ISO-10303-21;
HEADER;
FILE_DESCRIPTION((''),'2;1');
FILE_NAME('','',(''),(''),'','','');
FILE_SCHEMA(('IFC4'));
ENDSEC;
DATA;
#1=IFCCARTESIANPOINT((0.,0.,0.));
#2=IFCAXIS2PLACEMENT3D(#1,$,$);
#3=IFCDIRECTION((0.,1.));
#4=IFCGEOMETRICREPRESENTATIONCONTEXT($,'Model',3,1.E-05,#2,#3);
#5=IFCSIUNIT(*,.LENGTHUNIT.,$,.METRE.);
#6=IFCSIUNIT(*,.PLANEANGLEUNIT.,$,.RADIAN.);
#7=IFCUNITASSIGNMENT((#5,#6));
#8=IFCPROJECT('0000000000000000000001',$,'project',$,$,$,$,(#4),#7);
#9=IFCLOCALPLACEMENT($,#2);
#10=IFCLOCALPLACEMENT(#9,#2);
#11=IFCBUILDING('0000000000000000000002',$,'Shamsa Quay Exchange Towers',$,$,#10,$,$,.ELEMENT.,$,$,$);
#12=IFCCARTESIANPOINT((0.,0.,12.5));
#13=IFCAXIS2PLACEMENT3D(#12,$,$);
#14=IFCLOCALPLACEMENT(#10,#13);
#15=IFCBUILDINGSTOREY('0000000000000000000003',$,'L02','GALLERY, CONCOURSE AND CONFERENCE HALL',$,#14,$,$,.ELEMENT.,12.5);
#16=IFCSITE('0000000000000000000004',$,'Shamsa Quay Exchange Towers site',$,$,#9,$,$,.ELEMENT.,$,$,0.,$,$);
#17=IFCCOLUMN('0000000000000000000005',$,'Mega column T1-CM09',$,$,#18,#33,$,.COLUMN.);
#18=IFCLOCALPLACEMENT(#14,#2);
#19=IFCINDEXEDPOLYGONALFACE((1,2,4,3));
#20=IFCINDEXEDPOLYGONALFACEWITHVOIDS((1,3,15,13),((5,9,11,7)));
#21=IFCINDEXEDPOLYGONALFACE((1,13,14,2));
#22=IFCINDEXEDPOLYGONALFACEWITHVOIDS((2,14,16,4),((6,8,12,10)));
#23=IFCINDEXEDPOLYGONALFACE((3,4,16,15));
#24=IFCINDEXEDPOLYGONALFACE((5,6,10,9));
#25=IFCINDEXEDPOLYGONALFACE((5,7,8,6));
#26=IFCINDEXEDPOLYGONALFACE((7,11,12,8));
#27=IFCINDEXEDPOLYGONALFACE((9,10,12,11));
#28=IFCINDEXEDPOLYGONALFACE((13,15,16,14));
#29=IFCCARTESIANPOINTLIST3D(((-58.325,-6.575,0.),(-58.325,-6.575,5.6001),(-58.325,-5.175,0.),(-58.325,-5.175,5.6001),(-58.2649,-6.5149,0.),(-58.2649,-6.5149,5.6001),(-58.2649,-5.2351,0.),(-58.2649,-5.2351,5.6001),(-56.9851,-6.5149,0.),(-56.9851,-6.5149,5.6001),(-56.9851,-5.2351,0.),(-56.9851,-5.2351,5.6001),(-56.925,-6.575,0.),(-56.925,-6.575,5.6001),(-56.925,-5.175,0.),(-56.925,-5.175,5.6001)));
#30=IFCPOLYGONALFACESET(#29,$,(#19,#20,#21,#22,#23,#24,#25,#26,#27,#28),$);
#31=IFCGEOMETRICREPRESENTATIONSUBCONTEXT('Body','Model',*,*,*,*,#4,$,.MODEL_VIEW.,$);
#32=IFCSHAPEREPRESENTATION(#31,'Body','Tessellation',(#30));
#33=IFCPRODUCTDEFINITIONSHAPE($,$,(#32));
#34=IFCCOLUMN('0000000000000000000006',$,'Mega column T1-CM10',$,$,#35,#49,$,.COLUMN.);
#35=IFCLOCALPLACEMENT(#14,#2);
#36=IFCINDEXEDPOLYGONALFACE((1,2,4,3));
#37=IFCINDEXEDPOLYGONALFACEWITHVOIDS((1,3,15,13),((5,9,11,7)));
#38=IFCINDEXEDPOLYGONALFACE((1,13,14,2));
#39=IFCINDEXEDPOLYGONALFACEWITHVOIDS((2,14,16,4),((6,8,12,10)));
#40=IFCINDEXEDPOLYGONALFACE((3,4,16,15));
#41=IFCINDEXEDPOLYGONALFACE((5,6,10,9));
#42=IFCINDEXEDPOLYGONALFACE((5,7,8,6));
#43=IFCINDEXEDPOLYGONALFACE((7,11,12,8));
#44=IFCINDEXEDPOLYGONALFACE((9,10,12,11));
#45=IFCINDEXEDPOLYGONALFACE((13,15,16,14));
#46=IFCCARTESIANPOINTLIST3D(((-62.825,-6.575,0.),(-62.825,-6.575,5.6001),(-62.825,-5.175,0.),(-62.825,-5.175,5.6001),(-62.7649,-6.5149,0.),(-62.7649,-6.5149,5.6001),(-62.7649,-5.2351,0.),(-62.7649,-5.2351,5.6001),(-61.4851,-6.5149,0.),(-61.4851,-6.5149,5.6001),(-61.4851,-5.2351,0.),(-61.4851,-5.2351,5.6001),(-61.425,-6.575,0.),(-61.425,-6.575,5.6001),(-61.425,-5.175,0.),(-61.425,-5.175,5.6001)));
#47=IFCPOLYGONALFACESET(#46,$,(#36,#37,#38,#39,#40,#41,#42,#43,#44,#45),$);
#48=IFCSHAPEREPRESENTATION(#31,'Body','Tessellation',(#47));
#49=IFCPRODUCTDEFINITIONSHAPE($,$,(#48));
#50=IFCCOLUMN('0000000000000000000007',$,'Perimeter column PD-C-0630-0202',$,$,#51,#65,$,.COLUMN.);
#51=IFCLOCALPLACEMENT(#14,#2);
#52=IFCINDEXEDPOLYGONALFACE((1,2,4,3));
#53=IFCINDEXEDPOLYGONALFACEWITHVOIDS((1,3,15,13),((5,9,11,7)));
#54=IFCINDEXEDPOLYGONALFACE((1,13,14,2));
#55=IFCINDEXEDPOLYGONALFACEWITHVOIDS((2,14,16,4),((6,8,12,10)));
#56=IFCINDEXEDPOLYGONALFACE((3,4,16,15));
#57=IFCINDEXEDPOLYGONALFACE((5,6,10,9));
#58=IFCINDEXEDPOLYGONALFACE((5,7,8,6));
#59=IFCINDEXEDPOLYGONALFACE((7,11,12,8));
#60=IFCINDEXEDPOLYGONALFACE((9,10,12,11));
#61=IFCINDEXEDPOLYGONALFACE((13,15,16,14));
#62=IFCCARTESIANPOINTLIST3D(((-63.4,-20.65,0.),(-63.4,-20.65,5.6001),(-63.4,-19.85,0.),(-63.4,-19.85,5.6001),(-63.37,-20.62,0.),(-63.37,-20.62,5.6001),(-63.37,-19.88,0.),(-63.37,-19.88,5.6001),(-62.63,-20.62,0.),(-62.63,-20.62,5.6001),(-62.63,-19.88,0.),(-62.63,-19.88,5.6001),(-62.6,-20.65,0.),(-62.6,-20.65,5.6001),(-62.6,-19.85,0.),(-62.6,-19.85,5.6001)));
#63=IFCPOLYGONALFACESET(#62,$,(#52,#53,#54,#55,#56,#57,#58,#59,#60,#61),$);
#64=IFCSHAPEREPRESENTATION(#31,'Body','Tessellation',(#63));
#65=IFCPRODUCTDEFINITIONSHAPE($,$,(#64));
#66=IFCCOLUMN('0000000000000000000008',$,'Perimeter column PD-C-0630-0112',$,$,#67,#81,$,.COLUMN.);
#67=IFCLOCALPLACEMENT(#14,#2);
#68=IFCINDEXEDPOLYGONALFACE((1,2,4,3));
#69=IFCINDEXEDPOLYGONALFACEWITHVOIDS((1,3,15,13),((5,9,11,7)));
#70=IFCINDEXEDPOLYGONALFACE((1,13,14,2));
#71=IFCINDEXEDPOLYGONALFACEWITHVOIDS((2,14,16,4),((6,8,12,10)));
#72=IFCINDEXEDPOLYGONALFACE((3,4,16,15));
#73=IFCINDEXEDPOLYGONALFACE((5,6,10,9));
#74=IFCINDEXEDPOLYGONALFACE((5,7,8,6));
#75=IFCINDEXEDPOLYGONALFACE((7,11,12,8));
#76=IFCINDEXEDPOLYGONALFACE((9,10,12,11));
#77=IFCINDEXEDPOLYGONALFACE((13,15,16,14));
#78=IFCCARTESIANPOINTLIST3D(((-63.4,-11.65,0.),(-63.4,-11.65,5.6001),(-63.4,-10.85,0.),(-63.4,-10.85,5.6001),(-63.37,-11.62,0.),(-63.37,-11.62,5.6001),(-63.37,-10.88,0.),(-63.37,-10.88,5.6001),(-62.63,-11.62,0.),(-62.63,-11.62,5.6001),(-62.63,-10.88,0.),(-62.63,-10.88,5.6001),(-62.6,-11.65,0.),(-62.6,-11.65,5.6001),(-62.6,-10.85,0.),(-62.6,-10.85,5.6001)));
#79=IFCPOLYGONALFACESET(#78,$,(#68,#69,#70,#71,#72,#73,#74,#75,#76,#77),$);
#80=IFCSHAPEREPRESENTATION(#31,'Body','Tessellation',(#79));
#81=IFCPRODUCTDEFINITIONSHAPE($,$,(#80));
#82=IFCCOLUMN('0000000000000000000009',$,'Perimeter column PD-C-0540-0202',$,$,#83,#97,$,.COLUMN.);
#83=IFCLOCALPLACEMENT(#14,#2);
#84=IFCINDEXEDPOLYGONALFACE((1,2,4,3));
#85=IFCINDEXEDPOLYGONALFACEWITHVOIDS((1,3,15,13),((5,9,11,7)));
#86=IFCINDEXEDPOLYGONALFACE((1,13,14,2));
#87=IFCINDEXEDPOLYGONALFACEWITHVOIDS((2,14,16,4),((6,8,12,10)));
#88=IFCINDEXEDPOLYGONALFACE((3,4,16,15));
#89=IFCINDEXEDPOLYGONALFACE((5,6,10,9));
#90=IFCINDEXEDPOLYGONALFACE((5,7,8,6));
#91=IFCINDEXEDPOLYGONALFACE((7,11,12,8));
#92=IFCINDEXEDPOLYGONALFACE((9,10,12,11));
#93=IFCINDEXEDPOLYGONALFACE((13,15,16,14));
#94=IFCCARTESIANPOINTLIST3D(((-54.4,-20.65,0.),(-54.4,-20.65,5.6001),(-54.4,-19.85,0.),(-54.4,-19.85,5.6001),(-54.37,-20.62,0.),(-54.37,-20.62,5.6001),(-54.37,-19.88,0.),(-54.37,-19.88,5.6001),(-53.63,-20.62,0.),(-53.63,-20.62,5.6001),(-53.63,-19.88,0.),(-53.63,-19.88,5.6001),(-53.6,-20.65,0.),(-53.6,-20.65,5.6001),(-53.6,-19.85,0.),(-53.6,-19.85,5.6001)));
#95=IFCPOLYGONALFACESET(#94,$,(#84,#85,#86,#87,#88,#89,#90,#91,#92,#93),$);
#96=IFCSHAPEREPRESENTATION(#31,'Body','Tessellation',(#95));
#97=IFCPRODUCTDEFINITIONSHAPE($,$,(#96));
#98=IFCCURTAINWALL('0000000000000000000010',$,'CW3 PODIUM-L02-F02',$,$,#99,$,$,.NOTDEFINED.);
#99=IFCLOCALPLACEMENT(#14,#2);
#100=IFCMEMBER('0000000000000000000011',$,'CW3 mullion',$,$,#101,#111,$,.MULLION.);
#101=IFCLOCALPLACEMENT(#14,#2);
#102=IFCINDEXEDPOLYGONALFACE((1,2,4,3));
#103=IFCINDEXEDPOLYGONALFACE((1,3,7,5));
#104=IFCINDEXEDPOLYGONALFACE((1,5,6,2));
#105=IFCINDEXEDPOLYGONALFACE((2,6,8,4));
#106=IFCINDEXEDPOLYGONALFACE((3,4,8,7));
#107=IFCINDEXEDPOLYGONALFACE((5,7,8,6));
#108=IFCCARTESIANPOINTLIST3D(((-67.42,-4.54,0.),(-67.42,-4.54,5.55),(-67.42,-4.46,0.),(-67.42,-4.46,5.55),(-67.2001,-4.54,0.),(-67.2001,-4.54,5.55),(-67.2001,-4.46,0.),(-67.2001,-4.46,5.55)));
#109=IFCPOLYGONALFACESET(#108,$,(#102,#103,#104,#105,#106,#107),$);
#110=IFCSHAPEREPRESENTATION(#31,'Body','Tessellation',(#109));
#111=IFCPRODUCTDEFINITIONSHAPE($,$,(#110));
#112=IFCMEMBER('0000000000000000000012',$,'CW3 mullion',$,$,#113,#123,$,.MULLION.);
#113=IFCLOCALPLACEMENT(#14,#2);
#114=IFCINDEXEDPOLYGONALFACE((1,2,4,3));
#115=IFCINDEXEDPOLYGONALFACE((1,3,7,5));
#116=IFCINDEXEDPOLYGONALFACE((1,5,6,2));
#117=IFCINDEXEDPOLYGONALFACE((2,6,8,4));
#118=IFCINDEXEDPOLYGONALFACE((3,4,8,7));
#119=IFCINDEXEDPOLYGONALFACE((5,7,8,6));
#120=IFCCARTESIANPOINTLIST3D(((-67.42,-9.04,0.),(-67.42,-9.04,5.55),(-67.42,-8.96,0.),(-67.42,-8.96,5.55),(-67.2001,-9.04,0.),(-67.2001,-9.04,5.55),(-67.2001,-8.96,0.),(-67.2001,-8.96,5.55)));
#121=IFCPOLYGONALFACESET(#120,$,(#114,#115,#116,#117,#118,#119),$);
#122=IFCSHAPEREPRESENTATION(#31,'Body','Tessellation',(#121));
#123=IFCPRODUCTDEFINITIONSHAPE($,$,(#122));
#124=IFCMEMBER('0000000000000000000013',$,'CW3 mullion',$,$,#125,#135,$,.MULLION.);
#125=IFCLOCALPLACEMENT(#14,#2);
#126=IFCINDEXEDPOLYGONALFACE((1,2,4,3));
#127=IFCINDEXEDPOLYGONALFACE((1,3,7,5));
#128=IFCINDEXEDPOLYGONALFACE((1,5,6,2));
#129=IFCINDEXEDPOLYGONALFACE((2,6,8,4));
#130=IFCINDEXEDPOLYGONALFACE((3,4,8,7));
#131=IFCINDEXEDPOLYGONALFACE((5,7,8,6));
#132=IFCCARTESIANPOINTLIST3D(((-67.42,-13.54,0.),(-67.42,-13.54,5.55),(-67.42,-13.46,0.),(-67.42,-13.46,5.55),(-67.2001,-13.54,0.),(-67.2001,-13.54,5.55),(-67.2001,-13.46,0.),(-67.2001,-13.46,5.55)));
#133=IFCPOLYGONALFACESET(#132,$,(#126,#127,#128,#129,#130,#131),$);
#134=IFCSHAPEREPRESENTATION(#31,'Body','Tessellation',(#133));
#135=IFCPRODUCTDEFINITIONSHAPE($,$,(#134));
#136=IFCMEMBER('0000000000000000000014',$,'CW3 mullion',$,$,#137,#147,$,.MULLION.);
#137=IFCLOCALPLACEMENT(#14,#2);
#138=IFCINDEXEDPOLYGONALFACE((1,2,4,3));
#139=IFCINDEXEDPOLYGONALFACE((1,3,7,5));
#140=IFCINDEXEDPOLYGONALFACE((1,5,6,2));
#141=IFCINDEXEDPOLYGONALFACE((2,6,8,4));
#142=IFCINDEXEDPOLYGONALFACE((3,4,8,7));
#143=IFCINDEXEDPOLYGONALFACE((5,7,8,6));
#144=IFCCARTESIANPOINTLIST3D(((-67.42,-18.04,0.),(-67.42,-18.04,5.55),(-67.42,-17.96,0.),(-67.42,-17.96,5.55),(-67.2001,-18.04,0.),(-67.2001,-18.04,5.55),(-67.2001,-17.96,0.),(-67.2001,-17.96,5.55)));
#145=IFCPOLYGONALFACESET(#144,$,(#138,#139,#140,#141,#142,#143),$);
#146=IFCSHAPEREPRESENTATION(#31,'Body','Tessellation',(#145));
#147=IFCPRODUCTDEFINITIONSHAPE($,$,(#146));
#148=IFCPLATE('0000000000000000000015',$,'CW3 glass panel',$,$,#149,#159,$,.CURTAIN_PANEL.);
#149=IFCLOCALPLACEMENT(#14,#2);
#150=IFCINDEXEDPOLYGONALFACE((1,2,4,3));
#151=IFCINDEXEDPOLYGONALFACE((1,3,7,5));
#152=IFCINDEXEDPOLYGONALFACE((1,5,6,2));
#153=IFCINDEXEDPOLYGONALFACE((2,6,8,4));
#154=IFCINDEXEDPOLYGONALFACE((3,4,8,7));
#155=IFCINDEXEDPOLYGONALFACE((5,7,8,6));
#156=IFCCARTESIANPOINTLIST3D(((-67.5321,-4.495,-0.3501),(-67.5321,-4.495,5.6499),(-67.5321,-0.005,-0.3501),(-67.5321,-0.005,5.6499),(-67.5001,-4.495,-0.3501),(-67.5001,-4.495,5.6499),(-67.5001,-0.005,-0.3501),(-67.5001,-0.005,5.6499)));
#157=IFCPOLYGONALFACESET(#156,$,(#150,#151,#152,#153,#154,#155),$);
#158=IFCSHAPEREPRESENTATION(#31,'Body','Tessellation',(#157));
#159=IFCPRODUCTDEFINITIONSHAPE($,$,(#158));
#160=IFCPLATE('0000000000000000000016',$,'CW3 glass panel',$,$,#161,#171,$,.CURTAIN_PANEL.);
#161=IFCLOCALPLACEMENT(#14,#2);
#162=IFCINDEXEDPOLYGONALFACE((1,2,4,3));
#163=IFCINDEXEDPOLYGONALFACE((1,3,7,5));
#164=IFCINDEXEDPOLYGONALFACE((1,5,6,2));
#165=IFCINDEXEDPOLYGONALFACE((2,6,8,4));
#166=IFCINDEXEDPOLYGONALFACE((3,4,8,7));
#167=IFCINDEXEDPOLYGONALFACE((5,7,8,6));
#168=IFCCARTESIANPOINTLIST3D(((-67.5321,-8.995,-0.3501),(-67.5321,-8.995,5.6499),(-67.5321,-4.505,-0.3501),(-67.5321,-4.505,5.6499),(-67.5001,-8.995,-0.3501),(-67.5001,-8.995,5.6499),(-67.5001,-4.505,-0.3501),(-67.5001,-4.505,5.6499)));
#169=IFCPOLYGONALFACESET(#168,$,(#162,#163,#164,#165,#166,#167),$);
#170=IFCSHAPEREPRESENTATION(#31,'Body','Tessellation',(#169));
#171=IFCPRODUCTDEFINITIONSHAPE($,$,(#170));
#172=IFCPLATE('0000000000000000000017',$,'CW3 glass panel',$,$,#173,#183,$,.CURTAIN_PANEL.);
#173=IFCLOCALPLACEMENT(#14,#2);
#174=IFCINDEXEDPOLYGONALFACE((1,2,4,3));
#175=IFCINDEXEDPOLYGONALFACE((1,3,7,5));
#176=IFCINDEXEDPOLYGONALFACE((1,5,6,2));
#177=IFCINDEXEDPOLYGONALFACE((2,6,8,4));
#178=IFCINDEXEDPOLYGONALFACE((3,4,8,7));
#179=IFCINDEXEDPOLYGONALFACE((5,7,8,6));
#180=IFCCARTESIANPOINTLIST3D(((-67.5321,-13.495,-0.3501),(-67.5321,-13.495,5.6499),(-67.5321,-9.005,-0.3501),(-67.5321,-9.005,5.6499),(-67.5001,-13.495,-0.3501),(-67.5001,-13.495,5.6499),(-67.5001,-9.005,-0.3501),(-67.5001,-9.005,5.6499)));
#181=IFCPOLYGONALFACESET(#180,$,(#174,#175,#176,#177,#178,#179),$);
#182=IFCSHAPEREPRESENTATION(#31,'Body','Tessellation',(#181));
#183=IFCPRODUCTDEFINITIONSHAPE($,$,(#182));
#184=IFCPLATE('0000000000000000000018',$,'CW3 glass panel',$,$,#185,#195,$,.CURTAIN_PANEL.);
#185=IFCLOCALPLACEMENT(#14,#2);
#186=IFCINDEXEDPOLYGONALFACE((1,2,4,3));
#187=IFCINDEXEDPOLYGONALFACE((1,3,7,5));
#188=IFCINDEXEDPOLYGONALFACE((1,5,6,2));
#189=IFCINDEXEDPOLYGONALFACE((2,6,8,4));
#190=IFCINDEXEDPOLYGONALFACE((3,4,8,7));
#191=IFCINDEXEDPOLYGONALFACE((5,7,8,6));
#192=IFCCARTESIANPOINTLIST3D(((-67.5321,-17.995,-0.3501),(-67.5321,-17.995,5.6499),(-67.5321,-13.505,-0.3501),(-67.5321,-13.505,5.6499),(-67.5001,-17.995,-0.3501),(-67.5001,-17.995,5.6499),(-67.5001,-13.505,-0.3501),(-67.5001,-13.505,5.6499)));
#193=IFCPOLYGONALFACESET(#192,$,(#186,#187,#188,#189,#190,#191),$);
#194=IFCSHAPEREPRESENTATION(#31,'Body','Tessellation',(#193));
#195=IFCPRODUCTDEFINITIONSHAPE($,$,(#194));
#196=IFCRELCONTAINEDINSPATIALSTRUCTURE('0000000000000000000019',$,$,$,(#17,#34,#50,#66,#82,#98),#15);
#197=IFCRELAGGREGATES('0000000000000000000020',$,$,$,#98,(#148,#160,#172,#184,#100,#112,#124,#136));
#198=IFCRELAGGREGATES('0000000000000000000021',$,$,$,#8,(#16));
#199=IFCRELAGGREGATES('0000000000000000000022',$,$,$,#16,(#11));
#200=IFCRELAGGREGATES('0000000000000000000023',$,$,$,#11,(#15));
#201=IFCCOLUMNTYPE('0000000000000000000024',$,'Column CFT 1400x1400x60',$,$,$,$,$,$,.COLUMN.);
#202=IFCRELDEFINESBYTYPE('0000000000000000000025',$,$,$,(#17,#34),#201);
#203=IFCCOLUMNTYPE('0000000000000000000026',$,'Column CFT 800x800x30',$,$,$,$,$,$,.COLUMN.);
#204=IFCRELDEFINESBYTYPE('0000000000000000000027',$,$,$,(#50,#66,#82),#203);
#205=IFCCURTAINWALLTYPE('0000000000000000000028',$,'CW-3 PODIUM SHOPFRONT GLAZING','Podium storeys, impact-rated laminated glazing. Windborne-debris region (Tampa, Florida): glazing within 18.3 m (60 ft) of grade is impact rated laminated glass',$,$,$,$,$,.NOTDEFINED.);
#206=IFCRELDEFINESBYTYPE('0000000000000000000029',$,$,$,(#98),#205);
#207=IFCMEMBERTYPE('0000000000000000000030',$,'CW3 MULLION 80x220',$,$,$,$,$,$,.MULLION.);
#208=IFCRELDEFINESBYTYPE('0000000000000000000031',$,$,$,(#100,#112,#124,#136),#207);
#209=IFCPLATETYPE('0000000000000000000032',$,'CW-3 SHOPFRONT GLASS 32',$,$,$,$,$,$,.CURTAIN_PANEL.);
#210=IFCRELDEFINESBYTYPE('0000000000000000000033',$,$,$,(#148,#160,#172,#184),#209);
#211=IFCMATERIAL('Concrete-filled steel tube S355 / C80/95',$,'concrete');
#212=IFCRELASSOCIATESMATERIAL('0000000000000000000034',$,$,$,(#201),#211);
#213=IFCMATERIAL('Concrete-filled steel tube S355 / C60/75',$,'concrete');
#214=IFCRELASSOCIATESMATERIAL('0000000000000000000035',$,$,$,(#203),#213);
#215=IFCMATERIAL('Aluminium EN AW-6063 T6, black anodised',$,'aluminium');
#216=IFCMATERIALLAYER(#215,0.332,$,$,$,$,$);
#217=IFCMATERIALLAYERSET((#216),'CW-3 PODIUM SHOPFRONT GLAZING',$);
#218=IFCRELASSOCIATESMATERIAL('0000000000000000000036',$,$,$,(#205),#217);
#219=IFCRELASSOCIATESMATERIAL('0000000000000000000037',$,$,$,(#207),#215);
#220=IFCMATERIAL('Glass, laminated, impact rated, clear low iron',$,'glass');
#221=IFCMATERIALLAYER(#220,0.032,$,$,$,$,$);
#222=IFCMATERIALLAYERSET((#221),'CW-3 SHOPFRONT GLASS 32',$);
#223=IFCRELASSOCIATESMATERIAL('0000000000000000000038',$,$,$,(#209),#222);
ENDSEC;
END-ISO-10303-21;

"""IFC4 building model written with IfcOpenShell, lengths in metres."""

from ifc_helpers import new_model, si_unit, direction, frame, origin, origin_2d, place, context, subcontext, project, spatial, rectangle, hollow_rectangle, extrude, material, layer, layer_set, material_profile, profile_set, type_object, element, aggregate, save


model = new_model("IFC4")

# Units and contexts
model_context = context("Model", 3, precision=1e-05, world=origin(), true_north=direction((0.0, 1.0)))
body_context = subcontext(model_context, "Body", "Model", "MODEL_VIEW")
ifc_project = project(units=[si_unit("LENGTHUNIT", "METRE"), si_unit("PLANEANGLEUNIT", "RADIAN")], contexts=[model_context])

# Site, building, storey
site_placement = place(None, origin())
site = spatial("IfcSite", under=ifc_project, at=site_placement, Name="Shamsa Quay Exchange Towers site", CompositionType="ELEMENT", RefElevation=0.0)
building_placement = place(site_placement, origin())
building = spatial("IfcBuilding", under=site, at=building_placement, Name="Shamsa Quay Exchange Towers", CompositionType="ELEMENT")
storey_placement = place(building_placement, frame((0.0, 0.0, 12.5)))
storey = spatial("IfcBuildingStorey", under=building, at=storey_placement, Name="L02", Description="GALLERY, CONCOURSE AND CONFERENCE HALL", CompositionType="ELEMENT", Elevation=12.5)

# Columns
ifc_material_1 = material(Name="Concrete-filled steel tube S355 / C80/95", Category="concrete")
ifc_material_profile_1 = material_profile(ifc_material_1, hollow_rectangle(XDim=1.3999, YDim=1.3999, WallThickness=0.0601, at=origin_2d()), Name="CFT 1400x1400x60")
ifc_profile_set_1 = profile_set([ifc_material_profile_1], Name="Concrete-filled steel tube S355 / C80/95")
column_type_1 = type_object("IfcColumnType", Name="Column CFT 1400x1400x60", PredefinedType="COLUMN", material=ifc_profile_set_1)
for number, where, name in (
    (1, (-57.625, -5.875, 0.0), "Mega column T1-CM09"),
    (2, (-62.125, -5.875, 0.0), "Mega column T1-CM10"),
):
    element("IfcColumn", number, at=place(storey_placement, frame(where)), inside=storey, type_object=column_type_1, Name=name, PredefinedType="COLUMN", context=body_context, shape_type="SweptSolid", body=[
        extrude(hollow_rectangle(XDim=1.3999, YDim=1.3999, WallThickness=0.0601, at=origin_2d()), origin(), (0.0, 0.0, 1.0), 5.6001),
    ])
ifc_material_2 = material(Name="Concrete-filled steel tube S355 / C60/75", Category="concrete")
ifc_material_profile_2 = material_profile(ifc_material_2, hollow_rectangle(XDim=0.8, YDim=0.8, WallThickness=0.03, at=origin_2d()), Name="CFT 800x800x30")
ifc_profile_set_2 = profile_set([ifc_material_profile_2], Name="Concrete-filled steel tube S355 / C60/75")
column_type_2 = type_object("IfcColumnType", Name="Column CFT 800x800x30", PredefinedType="COLUMN", material=ifc_profile_set_2)
for number, where, name in (
    (3, (-63.0, -20.25, 0.0), "Perimeter column PD-C-0630-0202"),
    (4, (-63.0, -11.25, 0.0), "Perimeter column PD-C-0630-0112"),
    (5, (-54.0, -20.25, 0.0), "Perimeter column PD-C-0540-0202"),
):
    element("IfcColumn", number, at=place(storey_placement, frame(where)), inside=storey, type_object=column_type_2, Name=name, PredefinedType="COLUMN", context=body_context, shape_type="SweptSolid", body=[
        extrude(hollow_rectangle(XDim=0.8, YDim=0.8, WallThickness=0.03, at=origin_2d()), origin(), (0.0, 0.0, 1.0), 5.6001),
    ])

# Curtain wall, members, plates
ifc_material_3 = material(Name="Aluminium EN AW-6063 T6, black anodised", Category="aluminium")
ifc_layer_1 = layer(ifc_material_3, 0.332)
ifc_layer_set_1 = layer_set([ifc_layer_1], Name="CW-3 PODIUM SHOPFRONT GLAZING")
curtain_wall_type = type_object("IfcCurtainWallType", Name="CW-3 PODIUM SHOPFRONT GLAZING", Description="Podium storeys, impact-rated laminated glazing. Windborne-debris region (Tampa, Florida): glazing within 18.3 m (60 ft) of grade is impact rated laminated glass", PredefinedType="NOTDEFINED", material=ifc_layer_set_1)
curtain_wall_placement = place(storey_placement, origin())
curtain_wall = element("IfcCurtainWall", 6, at=curtain_wall_placement, inside=storey, type_object=curtain_wall_type, Name="CW3 PODIUM-L02-F02", PredefinedType="NOTDEFINED")
ifc_material_profile_3 = material_profile(ifc_material_3, rectangle(XDim=0.22, YDim=0.0801, at=origin_2d()), Name="MU80x220")
ifc_profile_set_3 = profile_set([ifc_material_profile_3], Name="Aluminium EN AW-6063 T6, black anodised")
member_type = type_object("IfcMemberType", Name="CW3 MULLION 80x220", PredefinedType="MULLION", material=ifc_profile_set_3)
member_1_placement = place(storey_placement, frame((-67.3101, -4.5, 0.0)))
member_1 = element("IfcMember", 7, at=member_1_placement, type_object=member_type, Name="CW3 mullion", PredefinedType="MULLION", context=body_context, shape_type="SweptSolid", body=[
    extrude(rectangle(XDim=0.22, YDim=0.0801, at=origin_2d()), origin(), (0.0, 0.0, 1.0), 5.55),
])
member_2_placement = place(storey_placement, frame((-67.3101, -9.0, 0.0)))
member_2 = element("IfcMember", 8, at=member_2_placement, type_object=member_type, Name="CW3 mullion", PredefinedType="MULLION", context=body_context, shape_type="SweptSolid", body=[
    extrude(rectangle(XDim=0.22, YDim=0.0801, at=origin_2d()), origin(), (0.0, 0.0, 1.0), 5.55),
])
member_3_placement = place(storey_placement, frame((-67.3101, -13.5, 0.0)))
member_3 = element("IfcMember", 9, at=member_3_placement, type_object=member_type, Name="CW3 mullion", PredefinedType="MULLION", context=body_context, shape_type="SweptSolid", body=[
    extrude(rectangle(XDim=0.22, YDim=0.0801, at=origin_2d()), origin(), (0.0, 0.0, 1.0), 5.55),
])
member_4_placement = place(storey_placement, frame((-67.3101, -18.0, 0.0)))
member_4 = element("IfcMember", 10, at=member_4_placement, type_object=member_type, Name="CW3 mullion", PredefinedType="MULLION", context=body_context, shape_type="SweptSolid", body=[
    extrude(rectangle(XDim=0.22, YDim=0.0801, at=origin_2d()), origin(), (0.0, 0.0, 1.0), 5.55),
])
ifc_material_4 = material(Name="Glass, laminated, impact rated, clear low iron", Category="glass")
ifc_layer_2 = layer(ifc_material_4, 0.032)
ifc_layer_set_2 = layer_set([ifc_layer_2], Name="CW-3 SHOPFRONT GLASS 32")
plate_type = type_object("IfcPlateType", Name="CW-3 SHOPFRONT GLASS 32", PredefinedType="CURTAIN_PANEL", material=ifc_layer_set_2)
plate_1_placement = place(storey_placement, frame((-67.5161, -2.25, -0.3501), z_axis=(0.0, 0.0, 1.0), x_axis=(0.0, -1.0, 0.0)))
plate_1 = element("IfcPlate", 11, at=plate_1_placement, type_object=plate_type, Name="CW3 glass panel", PredefinedType="CURTAIN_PANEL", context=body_context, shape_type="SweptSolid", body=[
    extrude(rectangle(XDim=4.49, YDim=0.032, at=origin_2d()), origin(), (0.0, 0.0, 1.0), 6.0),
])
plate_2_placement = place(storey_placement, frame((-67.5161, -6.75, -0.3501), z_axis=(0.0, 0.0, 1.0), x_axis=(0.0, -1.0, 0.0)))
plate_2 = element("IfcPlate", 12, at=plate_2_placement, type_object=plate_type, Name="CW3 glass panel", PredefinedType="CURTAIN_PANEL", context=body_context, shape_type="SweptSolid", body=[
    extrude(rectangle(XDim=4.49, YDim=0.032, at=origin_2d()), origin(), (0.0, 0.0, 1.0), 6.0),
])
plate_3_placement = place(storey_placement, frame((-67.5161, -11.25, -0.3501), z_axis=(0.0, 0.0, 1.0), x_axis=(0.0, -1.0, 0.0)))
plate_3 = element("IfcPlate", 13, at=plate_3_placement, type_object=plate_type, Name="CW3 glass panel", PredefinedType="CURTAIN_PANEL", context=body_context, shape_type="SweptSolid", body=[
    extrude(rectangle(XDim=4.49, YDim=0.032, at=origin_2d()), origin(), (0.0, 0.0, 1.0), 6.0),
])
plate_4_placement = place(storey_placement, frame((-67.5161, -15.75, -0.3501), z_axis=(0.0, 0.0, 1.0), x_axis=(0.0, -1.0, 0.0)))
plate_4 = element("IfcPlate", 14, at=plate_4_placement, type_object=plate_type, Name="CW3 glass panel", PredefinedType="CURTAIN_PANEL", context=body_context, shape_type="SweptSolid", body=[
    extrude(rectangle(XDim=4.49, YDim=0.032, at=origin_2d()), origin(), (0.0, 0.0, 1.0), 6.0),
])
aggregate(curtain_wall, [plate_1, plate_2, plate_3, plate_4, member_1, member_2, member_3, member_4])

save(model, "model.ifc")
